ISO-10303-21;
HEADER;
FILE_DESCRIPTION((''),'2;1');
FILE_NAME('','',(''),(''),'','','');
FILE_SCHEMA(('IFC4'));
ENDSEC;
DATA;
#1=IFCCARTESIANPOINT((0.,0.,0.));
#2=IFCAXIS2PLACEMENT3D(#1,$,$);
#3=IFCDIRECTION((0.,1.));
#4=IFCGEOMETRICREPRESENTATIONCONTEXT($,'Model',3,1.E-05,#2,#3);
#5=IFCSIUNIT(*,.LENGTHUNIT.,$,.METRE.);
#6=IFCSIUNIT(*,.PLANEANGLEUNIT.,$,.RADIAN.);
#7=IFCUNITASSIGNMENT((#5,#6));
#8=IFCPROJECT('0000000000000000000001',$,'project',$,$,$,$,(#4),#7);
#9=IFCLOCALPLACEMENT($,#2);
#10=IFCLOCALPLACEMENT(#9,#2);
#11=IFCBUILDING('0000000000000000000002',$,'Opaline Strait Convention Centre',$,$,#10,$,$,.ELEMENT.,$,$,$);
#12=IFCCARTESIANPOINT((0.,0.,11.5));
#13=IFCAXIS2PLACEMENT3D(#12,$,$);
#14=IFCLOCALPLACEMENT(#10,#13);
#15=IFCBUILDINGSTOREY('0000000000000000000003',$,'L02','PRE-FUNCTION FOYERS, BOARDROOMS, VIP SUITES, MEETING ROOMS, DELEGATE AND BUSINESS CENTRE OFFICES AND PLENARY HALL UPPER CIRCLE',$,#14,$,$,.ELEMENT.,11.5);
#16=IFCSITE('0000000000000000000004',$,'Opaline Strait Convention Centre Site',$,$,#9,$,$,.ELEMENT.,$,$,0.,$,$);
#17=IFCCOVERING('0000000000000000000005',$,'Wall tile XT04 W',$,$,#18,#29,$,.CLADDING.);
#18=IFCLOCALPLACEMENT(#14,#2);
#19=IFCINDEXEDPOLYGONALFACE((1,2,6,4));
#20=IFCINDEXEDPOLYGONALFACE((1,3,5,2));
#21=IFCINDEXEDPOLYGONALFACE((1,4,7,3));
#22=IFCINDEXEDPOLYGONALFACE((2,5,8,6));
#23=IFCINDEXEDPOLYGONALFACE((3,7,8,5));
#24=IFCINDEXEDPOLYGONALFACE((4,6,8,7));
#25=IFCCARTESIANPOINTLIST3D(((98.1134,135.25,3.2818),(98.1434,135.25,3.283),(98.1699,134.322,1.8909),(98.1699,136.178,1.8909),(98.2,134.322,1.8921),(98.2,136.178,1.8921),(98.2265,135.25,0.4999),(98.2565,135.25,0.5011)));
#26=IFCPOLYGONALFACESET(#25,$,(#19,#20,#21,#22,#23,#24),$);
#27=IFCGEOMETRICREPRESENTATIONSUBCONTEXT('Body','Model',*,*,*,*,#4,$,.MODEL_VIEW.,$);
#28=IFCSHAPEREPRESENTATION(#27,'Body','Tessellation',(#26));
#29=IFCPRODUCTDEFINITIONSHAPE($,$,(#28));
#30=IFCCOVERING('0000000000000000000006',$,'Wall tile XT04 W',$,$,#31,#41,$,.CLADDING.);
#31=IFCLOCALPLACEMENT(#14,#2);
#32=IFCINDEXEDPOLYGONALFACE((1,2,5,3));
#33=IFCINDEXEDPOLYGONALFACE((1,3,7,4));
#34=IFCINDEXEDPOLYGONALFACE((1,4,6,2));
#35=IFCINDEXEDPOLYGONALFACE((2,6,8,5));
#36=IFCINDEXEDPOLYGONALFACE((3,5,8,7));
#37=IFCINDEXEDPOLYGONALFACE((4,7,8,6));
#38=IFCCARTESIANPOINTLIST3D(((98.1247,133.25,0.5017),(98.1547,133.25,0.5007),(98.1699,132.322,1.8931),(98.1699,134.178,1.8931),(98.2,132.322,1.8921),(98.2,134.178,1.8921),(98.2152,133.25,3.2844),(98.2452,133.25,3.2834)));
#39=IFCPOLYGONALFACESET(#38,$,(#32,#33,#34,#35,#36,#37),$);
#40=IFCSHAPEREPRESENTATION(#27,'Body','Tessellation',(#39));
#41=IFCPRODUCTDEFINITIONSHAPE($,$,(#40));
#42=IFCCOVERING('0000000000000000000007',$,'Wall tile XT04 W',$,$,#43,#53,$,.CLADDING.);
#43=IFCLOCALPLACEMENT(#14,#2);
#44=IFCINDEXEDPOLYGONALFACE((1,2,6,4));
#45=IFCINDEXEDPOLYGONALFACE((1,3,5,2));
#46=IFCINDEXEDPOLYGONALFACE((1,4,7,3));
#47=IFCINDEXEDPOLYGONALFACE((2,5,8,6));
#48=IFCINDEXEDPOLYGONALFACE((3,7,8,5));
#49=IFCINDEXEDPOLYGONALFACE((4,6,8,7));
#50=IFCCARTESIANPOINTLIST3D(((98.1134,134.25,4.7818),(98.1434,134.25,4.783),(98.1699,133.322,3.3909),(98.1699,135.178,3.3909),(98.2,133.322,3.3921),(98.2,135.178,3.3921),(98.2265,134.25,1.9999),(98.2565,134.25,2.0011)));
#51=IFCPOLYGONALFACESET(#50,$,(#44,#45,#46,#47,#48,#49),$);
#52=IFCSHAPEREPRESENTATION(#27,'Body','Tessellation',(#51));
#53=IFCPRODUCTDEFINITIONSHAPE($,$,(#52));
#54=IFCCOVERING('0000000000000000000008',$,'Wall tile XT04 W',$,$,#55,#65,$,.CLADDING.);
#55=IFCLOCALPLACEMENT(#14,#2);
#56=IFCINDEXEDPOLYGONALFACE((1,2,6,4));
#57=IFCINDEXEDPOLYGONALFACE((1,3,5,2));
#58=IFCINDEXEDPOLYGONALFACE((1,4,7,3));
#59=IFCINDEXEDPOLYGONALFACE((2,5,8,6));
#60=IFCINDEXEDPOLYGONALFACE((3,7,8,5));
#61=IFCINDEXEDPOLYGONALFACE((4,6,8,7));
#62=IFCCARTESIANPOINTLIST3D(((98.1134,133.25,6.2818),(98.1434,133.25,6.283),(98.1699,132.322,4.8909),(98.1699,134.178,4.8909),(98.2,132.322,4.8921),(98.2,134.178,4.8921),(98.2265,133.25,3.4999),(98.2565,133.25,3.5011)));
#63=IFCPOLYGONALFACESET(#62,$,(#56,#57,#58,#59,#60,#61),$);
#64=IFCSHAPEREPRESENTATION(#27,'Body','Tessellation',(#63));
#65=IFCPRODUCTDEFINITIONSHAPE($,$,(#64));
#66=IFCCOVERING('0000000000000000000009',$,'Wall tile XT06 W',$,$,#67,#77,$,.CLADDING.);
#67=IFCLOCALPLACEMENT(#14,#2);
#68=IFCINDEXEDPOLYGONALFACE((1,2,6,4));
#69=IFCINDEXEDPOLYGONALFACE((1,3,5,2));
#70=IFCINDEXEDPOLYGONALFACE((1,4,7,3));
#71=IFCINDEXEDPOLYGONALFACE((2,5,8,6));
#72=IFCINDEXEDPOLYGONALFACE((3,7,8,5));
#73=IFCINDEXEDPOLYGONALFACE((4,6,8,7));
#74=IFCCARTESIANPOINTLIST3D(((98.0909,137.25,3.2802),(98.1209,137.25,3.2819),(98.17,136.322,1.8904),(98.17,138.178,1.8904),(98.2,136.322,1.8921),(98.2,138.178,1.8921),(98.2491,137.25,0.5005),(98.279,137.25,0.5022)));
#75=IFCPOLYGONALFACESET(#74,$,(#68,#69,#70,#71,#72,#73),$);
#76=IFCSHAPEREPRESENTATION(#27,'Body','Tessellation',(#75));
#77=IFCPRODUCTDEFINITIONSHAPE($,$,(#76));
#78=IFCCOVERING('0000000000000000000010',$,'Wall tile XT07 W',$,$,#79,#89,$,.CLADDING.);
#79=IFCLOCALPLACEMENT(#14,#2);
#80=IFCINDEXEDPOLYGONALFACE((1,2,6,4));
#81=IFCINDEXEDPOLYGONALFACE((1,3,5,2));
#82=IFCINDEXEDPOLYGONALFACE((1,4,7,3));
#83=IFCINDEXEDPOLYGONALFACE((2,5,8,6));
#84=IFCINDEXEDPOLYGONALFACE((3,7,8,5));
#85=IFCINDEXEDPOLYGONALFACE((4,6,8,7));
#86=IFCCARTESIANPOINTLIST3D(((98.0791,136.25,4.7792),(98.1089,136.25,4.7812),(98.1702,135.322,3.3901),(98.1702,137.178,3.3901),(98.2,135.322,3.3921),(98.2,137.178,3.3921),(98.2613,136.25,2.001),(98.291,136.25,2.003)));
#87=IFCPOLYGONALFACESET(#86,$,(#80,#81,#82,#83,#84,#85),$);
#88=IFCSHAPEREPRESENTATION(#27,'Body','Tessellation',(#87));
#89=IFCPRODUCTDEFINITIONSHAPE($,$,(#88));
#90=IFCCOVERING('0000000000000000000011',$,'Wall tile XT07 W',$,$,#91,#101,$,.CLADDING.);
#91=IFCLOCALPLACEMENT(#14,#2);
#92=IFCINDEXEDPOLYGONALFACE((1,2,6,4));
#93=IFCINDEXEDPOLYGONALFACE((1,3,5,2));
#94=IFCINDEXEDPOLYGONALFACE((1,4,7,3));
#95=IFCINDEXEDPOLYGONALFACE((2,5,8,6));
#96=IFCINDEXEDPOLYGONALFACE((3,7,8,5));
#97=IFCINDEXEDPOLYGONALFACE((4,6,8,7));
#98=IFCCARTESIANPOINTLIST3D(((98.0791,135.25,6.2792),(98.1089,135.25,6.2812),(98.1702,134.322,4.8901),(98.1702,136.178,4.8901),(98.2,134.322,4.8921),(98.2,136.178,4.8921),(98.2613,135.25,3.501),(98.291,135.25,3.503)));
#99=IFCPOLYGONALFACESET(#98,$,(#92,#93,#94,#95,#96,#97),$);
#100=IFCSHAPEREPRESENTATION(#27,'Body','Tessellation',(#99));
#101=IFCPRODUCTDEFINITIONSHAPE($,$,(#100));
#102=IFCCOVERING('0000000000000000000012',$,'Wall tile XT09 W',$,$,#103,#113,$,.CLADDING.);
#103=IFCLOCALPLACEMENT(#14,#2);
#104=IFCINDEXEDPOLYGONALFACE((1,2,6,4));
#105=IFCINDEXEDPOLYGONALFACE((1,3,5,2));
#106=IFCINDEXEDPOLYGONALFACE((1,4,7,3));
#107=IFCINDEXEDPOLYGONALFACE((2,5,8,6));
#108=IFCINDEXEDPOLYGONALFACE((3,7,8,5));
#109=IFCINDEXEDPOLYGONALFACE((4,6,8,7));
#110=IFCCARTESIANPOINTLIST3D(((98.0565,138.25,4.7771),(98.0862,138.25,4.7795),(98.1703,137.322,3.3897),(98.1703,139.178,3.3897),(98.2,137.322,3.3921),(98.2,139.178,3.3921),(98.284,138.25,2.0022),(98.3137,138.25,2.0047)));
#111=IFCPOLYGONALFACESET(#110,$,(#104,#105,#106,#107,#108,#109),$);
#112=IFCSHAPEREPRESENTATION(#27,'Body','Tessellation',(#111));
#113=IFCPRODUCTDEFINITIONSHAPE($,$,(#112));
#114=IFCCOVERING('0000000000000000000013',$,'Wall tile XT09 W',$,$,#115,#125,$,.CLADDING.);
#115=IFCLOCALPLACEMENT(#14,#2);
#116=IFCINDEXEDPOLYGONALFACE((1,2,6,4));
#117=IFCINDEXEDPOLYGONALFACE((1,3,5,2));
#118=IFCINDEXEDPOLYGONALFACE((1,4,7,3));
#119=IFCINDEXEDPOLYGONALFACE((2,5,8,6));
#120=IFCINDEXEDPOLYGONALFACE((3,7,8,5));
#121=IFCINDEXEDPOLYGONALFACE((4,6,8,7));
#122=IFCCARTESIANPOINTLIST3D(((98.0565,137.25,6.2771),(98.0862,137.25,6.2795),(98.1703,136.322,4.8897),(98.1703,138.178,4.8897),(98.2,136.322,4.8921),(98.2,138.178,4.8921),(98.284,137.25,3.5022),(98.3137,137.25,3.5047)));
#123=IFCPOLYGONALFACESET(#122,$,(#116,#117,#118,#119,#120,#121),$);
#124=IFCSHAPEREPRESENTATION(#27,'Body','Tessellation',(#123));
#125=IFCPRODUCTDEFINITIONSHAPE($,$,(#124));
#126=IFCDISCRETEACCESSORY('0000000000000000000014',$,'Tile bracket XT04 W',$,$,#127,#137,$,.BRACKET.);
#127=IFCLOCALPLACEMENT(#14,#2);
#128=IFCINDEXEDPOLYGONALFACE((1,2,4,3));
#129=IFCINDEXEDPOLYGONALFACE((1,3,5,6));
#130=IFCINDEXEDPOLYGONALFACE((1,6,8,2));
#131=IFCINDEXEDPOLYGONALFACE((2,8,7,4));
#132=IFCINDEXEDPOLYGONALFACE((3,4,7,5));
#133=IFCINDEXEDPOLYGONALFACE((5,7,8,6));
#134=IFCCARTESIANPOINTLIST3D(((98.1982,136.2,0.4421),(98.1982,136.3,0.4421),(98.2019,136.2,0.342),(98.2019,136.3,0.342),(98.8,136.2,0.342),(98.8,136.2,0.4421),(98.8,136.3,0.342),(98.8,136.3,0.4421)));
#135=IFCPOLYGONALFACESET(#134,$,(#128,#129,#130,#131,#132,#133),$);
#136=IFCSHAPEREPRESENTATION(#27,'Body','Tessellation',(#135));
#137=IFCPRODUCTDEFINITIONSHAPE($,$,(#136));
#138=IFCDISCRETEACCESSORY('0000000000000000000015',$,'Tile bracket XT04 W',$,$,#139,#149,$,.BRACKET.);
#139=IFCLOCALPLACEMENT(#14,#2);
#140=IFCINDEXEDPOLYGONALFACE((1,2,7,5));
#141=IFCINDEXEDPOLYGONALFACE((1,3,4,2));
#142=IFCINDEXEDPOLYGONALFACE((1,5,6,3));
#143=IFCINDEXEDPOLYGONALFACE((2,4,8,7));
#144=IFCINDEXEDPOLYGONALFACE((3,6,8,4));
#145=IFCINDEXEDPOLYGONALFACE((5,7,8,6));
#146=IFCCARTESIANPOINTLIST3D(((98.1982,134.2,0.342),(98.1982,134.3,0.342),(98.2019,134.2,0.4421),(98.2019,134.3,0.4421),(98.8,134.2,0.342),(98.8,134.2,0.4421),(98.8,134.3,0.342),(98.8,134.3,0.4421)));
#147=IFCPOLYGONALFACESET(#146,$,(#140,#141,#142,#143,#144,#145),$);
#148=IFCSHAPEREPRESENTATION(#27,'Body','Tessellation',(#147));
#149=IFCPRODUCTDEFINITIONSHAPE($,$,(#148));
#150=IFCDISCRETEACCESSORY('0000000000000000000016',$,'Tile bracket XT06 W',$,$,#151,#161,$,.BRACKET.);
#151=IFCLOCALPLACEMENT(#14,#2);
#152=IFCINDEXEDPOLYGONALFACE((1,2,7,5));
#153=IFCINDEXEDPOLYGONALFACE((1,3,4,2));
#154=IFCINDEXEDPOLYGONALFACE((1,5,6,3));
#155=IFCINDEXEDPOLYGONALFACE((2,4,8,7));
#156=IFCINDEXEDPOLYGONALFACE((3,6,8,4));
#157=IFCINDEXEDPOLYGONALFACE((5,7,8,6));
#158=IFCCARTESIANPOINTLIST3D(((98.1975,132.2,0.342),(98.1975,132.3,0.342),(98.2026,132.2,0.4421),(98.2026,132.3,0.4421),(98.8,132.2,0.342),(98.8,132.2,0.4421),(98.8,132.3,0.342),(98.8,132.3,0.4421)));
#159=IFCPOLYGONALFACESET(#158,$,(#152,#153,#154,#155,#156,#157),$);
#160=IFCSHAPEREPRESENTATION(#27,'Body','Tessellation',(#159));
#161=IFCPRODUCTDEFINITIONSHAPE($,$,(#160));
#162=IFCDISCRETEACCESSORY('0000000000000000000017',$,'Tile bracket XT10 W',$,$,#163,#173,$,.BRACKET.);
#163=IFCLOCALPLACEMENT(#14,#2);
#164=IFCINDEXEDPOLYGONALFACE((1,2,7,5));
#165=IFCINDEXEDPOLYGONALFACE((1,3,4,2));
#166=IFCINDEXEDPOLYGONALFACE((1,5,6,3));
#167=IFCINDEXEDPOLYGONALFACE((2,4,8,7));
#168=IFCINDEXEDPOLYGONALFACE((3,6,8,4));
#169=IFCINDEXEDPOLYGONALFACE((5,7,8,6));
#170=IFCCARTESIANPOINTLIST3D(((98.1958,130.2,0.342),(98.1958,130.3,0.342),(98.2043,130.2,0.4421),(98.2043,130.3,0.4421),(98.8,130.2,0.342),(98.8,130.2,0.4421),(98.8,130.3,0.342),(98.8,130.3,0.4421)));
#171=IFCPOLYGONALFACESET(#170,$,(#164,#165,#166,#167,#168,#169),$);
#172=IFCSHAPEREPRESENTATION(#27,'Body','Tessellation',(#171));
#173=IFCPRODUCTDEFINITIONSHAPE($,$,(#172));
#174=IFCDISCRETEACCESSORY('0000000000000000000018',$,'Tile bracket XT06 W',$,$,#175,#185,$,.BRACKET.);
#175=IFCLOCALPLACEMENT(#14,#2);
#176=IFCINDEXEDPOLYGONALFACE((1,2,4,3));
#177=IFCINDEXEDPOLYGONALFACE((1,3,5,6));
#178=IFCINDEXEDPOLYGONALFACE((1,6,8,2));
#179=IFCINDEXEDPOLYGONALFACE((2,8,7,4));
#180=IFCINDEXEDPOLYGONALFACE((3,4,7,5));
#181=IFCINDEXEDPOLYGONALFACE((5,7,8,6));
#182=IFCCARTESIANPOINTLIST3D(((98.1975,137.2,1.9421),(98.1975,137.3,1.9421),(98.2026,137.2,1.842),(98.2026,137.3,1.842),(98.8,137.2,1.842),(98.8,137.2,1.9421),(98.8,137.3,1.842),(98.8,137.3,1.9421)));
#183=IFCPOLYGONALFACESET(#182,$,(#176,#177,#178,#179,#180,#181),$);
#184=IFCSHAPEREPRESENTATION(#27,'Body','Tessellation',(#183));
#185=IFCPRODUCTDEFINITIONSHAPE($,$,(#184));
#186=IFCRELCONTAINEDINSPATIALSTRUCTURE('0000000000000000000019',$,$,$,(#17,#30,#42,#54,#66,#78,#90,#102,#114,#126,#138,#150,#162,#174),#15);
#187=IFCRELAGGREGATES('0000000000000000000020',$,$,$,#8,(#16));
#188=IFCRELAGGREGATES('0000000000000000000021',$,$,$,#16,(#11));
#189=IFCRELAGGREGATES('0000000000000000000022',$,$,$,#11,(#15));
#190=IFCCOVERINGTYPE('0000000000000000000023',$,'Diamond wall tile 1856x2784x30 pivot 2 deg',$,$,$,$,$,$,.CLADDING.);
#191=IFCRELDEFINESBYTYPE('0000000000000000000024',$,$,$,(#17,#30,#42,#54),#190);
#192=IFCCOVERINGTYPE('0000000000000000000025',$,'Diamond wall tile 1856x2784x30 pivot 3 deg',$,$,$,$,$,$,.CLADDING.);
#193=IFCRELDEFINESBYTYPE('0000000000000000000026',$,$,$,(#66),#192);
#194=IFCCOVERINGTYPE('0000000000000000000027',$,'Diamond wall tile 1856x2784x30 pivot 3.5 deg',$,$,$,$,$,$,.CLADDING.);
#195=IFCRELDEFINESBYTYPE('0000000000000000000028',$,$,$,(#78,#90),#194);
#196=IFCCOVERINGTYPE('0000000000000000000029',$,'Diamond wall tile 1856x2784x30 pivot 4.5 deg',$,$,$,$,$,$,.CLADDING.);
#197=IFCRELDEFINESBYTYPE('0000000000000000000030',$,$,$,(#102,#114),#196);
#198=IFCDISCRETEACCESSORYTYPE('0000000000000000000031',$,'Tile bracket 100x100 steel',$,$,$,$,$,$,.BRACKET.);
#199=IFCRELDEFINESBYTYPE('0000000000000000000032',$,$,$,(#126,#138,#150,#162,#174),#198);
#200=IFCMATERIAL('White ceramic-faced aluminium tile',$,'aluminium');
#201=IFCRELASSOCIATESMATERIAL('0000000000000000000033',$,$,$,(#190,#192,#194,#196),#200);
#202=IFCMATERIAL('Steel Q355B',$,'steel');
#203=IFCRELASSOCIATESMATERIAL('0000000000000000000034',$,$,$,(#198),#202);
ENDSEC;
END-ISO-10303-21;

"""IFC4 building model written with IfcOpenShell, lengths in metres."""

from ifc_helpers import new_model, si_unit, direction, frame, origin, place, context, subcontext, project, spatial, polyline, outline, extrude, material, material_profile, profile_set, type_object, element, save


model = new_model("IFC4")

# Units and contexts
model_context = context("Model", 3, precision=1e-05, world=origin(), true_north=direction((0.0, 1.0)))
body_context = subcontext(model_context, "Body", "Model", "MODEL_VIEW")
ifc_project = project(units=[si_unit("LENGTHUNIT", "METRE"), si_unit("PLANEANGLEUNIT", "RADIAN")], contexts=[model_context])

# Site, building, storey
site_placement = place(None, origin())
site = spatial("IfcSite", under=ifc_project, at=site_placement, Name="Opaline Strait Convention Centre Site", CompositionType="ELEMENT", RefElevation=0.0)
building_placement = place(site_placement, origin())
building = spatial("IfcBuilding", under=site, at=building_placement, Name="Opaline Strait Convention Centre", CompositionType="ELEMENT")
storey_placement = place(building_placement, frame((0.0, 0.0, 11.5)))
storey = spatial("IfcBuildingStorey", under=building, at=storey_placement, Name="L02", Description="PRE-FUNCTION FOYERS, BOARDROOMS, VIP SUITES, MEETING ROOMS, DELEGATE AND BUSINESS CENTRE OFFICES AND PLENARY HALL UPPER CIRCLE", CompositionType="ELEMENT", Elevation=11.5)

# Coverings
ifc_material_1 = material(Name="White ceramic-faced aluminium tile", Category="aluminium")
ifc_material_profile_1 = material_profile(ifc_material_1, outline(polyline([(0.928, 0.0), (0.0, 1.3921), (-0.928, 0.0), (0.0, -1.3921), (0.928, 0.0)])), Name="Diamond tile 1856x2784")
ifc_profile_set_1 = profile_set([ifc_material_profile_1], Name="White ceramic-faced aluminium tile")
covering_type_1 = type_object("IfcCoveringType", Name="Diamond wall tile 1856x2784x30 pivot 2 deg", PredefinedType="CLADDING", material=ifc_profile_set_1)
for number, where, z_axis, x_axis, name in (
    (1, (98.2, 135.25, 1.8921), (-0.999175, 0.0, -0.040617), (0.0, -1.0, 0.0), "Wall tile XT04 W"),
    (2, (98.2, 133.25, 1.8921), (-0.999472, 0.0, 0.032503), (0.0, -1.0, 0.0), "Wall tile XT04 W"),
    (3, (98.2, 134.25, 3.3921), (-0.999175, 0.0, -0.040617), (0.0, -1.0, 0.0), "Wall tile XT04 W"),
    (4, (98.2, 133.25, 4.8921), (-0.999175, 0.0, -0.040617), (0.0, -1.0, 0.0), "Wall tile XT04 W"),
):
    element("IfcCovering", number, at=place(storey_placement, frame(where, z_axis=z_axis, x_axis=x_axis)), inside=storey, type_object=covering_type_1, Name=name, PredefinedType="CLADDING", context=body_context, shape_type="SweptSolid", body=[
        extrude(outline(polyline([(0.928, 0.0), (0.0, 1.3921), (-0.928, 0.0), (0.0, -1.3921), (0.928, 0.0)])), origin(), (0.0, 0.0, 1.0), 0.03),
    ])
ifc_material_profile_2 = material_profile(ifc_material_1, outline(polyline([(0.928, 0.0), (0.0, 1.3921), (-0.928, 0.0), (0.0, -1.3921), (0.928, 0.0)])), Name="Diamond tile 1856x2784")
ifc_profile_set_2 = profile_set([ifc_material_profile_2], Name="White ceramic-faced aluminium tile")
covering_type_2 = type_object("IfcCoveringType", Name="Diamond wall tile 1856x2784x30 pivot 3 deg", PredefinedType="CLADDING", material=ifc_profile_set_2)
covering_placement = place(storey_placement, frame((98.2, 137.25, 1.8921), z_axis=(-0.998385, 0.0, -0.056819), x_axis=(0.0, -1.0, 0.0)))
element("IfcCovering", 5, at=covering_placement, inside=storey, type_object=covering_type_2, Name="Wall tile XT06 W", PredefinedType="CLADDING", context=body_context, shape_type="SweptSolid", body=[
    extrude(outline(polyline([(0.928, 0.0), (0.0, 1.3921), (-0.928, 0.0), (0.0, -1.3921), (0.928, 0.0)])), origin(), (0.0, 0.0, 1.0), 0.03),
])
ifc_material_profile_3 = material_profile(ifc_material_1, outline(polyline([(0.928, 0.0), (0.0, 1.3921), (-0.928, 0.0), (0.0, -1.3921), (0.928, 0.0)])), Name="Diamond tile 1856x2784")
ifc_profile_set_3 = profile_set([ifc_material_profile_3], Name="White ceramic-faced aluminium tile")
covering_type_3 = type_object("IfcCoveringType", Name="Diamond wall tile 1856x2784x30 pivot 3.5 deg", PredefinedType="CLADDING", material=ifc_profile_set_3)
for number, where, z_axis, x_axis, name in (
    (6, (98.2, 136.25, 3.3921), (-0.997857, 0.0, -0.065433), (0.0, -1.0, 0.0), "Wall tile XT07 W"),
    (7, (98.2, 135.25, 4.8921), (-0.997857, 0.0, -0.065433), (0.0, -1.0, 0.0), "Wall tile XT07 W"),
):
    element("IfcCovering", number, at=place(storey_placement, frame(where, z_axis=z_axis, x_axis=x_axis)), inside=storey, type_object=covering_type_3, Name=name, PredefinedType="CLADDING", context=body_context, shape_type="SweptSolid", body=[
        extrude(outline(polyline([(0.928, 0.0), (0.0, 1.3921), (-0.928, 0.0), (0.0, -1.3921), (0.928, 0.0)])), origin(), (0.0, 0.0, 1.0), 0.0298),
    ])
ifc_material_profile_4 = material_profile(ifc_material_1, outline(polyline([(0.928, 0.0), (0.0, 1.3921), (-0.928, 0.0), (0.0, -1.3921), (0.928, 0.0)])), Name="Diamond tile 1856x2784")
ifc_profile_set_4 = profile_set([ifc_material_profile_4], Name="White ceramic-faced aluminium tile")
covering_type_4 = type_object("IfcCoveringType", Name="Diamond wall tile 1856x2784x30 pivot 4.5 deg", PredefinedType="CLADDING", material=ifc_profile_set_4)
for number, where, z_axis, x_axis, name in (
    (8, (98.2, 138.25, 3.3921), (-0.996658, 0.0, -0.081693), (0.0, -1.0, 0.0), "Wall tile XT09 W"),
    (9, (98.2, 137.25, 4.8921), (-0.996658, 0.0, -0.081693), (0.0, -1.0, 0.0), "Wall tile XT09 W"),
):
    element("IfcCovering", number, at=place(storey_placement, frame(where, z_axis=z_axis, x_axis=x_axis)), inside=storey, type_object=covering_type_4, Name=name, PredefinedType="CLADDING", context=body_context, shape_type="SweptSolid", body=[
        extrude(outline(polyline([(0.928, 0.0), (0.0, 1.3921), (-0.928, 0.0), (0.0, -1.3921), (0.928, 0.0)])), origin(), (0.0, 0.0, 1.0), 0.0298),
    ])

# Discrete accessories
ifc_material_2 = material(Name="Steel Q355B", Category="steel")
discrete_accessory_type = type_object("IfcDiscreteAccessoryType", Name="Tile bracket 100x100 steel", PredefinedType="BRACKET", material=ifc_material_2)
discrete_accessory_1_placement = place(storey_placement, frame((98.8, 136.3, 0.3921), z_axis=(0.0, -1.0, 0.0), x_axis=(1.0, 0.0, 0.0)))
element("IfcDiscreteAccessory", 10, at=discrete_accessory_1_placement, inside=storey, type_object=discrete_accessory_type, Name="Tile bracket XT04 W", PredefinedType="BRACKET", context=body_context, shape_type="SweptSolid", body=[
    extrude(outline(polyline([(0.0, -0.05), (0.0, 0.05), (-0.6018, 0.05), (-0.5981, -0.05), (0.0, -0.05)])), origin(), (0.0, 0.0, 1.0), 0.1001),
])
discrete_accessory_2_placement = place(storey_placement, frame((98.8, 134.3, 0.3921), z_axis=(0.0, -1.0, 0.0), x_axis=(1.0, 0.0, 0.0)))
element("IfcDiscreteAccessory", 11, at=discrete_accessory_2_placement, inside=storey, type_object=discrete_accessory_type, Name="Tile bracket XT04 W", PredefinedType="BRACKET", context=body_context, shape_type="SweptSolid", body=[
    extrude(outline(polyline([(0.0, -0.05), (0.0, 0.05), (-0.5981, 0.05), (-0.6018, -0.05), (0.0, -0.05)])), origin(), (0.0, 0.0, 1.0), 0.1001),
])
discrete_accessory_3_placement = place(storey_placement, frame((98.8, 132.3, 0.3921), z_axis=(0.0, -1.0, 0.0), x_axis=(1.0, 0.0, 0.0)))
element("IfcDiscreteAccessory", 12, at=discrete_accessory_3_placement, inside=storey, type_object=discrete_accessory_type, Name="Tile bracket XT06 W", PredefinedType="BRACKET", context=body_context, shape_type="SweptSolid", body=[
    extrude(outline(polyline([(0.0, -0.05), (0.0, 0.05), (-0.5974, 0.05), (-0.6025, -0.05), (0.0, -0.05)])), origin(), (0.0, 0.0, 1.0), 0.1001),
])
discrete_accessory_4_placement = place(storey_placement, frame((98.8, 130.3, 0.3921), z_axis=(0.0, -1.0, 0.0), x_axis=(1.0, 0.0, 0.0)))
element("IfcDiscreteAccessory", 13, at=discrete_accessory_4_placement, inside=storey, type_object=discrete_accessory_type, Name="Tile bracket XT10 W", PredefinedType="BRACKET", context=body_context, shape_type="SweptSolid", body=[
    extrude(outline(polyline([(0.0, -0.05), (0.0, 0.05), (-0.5957, 0.05), (-0.6042, -0.05), (0.0, -0.05)])), origin(), (0.0, 0.0, 1.0), 0.1001),
])
discrete_accessory_5_placement = place(storey_placement, frame((98.8, 137.3, 1.8921), z_axis=(0.0, -1.0, 0.0), x_axis=(1.0, 0.0, 0.0)))
element("IfcDiscreteAccessory", 14, at=discrete_accessory_5_placement, inside=storey, type_object=discrete_accessory_type, Name="Tile bracket XT06 W", PredefinedType="BRACKET", context=body_context, shape_type="SweptSolid", body=[
    extrude(outline(polyline([(0.0, -0.05), (0.0, 0.05), (-0.6025, 0.05), (-0.5974, -0.05), (0.0, -0.05)])), origin(), (0.0, 0.0, 1.0), 0.1001),
])

save(model, "model.ifc")
